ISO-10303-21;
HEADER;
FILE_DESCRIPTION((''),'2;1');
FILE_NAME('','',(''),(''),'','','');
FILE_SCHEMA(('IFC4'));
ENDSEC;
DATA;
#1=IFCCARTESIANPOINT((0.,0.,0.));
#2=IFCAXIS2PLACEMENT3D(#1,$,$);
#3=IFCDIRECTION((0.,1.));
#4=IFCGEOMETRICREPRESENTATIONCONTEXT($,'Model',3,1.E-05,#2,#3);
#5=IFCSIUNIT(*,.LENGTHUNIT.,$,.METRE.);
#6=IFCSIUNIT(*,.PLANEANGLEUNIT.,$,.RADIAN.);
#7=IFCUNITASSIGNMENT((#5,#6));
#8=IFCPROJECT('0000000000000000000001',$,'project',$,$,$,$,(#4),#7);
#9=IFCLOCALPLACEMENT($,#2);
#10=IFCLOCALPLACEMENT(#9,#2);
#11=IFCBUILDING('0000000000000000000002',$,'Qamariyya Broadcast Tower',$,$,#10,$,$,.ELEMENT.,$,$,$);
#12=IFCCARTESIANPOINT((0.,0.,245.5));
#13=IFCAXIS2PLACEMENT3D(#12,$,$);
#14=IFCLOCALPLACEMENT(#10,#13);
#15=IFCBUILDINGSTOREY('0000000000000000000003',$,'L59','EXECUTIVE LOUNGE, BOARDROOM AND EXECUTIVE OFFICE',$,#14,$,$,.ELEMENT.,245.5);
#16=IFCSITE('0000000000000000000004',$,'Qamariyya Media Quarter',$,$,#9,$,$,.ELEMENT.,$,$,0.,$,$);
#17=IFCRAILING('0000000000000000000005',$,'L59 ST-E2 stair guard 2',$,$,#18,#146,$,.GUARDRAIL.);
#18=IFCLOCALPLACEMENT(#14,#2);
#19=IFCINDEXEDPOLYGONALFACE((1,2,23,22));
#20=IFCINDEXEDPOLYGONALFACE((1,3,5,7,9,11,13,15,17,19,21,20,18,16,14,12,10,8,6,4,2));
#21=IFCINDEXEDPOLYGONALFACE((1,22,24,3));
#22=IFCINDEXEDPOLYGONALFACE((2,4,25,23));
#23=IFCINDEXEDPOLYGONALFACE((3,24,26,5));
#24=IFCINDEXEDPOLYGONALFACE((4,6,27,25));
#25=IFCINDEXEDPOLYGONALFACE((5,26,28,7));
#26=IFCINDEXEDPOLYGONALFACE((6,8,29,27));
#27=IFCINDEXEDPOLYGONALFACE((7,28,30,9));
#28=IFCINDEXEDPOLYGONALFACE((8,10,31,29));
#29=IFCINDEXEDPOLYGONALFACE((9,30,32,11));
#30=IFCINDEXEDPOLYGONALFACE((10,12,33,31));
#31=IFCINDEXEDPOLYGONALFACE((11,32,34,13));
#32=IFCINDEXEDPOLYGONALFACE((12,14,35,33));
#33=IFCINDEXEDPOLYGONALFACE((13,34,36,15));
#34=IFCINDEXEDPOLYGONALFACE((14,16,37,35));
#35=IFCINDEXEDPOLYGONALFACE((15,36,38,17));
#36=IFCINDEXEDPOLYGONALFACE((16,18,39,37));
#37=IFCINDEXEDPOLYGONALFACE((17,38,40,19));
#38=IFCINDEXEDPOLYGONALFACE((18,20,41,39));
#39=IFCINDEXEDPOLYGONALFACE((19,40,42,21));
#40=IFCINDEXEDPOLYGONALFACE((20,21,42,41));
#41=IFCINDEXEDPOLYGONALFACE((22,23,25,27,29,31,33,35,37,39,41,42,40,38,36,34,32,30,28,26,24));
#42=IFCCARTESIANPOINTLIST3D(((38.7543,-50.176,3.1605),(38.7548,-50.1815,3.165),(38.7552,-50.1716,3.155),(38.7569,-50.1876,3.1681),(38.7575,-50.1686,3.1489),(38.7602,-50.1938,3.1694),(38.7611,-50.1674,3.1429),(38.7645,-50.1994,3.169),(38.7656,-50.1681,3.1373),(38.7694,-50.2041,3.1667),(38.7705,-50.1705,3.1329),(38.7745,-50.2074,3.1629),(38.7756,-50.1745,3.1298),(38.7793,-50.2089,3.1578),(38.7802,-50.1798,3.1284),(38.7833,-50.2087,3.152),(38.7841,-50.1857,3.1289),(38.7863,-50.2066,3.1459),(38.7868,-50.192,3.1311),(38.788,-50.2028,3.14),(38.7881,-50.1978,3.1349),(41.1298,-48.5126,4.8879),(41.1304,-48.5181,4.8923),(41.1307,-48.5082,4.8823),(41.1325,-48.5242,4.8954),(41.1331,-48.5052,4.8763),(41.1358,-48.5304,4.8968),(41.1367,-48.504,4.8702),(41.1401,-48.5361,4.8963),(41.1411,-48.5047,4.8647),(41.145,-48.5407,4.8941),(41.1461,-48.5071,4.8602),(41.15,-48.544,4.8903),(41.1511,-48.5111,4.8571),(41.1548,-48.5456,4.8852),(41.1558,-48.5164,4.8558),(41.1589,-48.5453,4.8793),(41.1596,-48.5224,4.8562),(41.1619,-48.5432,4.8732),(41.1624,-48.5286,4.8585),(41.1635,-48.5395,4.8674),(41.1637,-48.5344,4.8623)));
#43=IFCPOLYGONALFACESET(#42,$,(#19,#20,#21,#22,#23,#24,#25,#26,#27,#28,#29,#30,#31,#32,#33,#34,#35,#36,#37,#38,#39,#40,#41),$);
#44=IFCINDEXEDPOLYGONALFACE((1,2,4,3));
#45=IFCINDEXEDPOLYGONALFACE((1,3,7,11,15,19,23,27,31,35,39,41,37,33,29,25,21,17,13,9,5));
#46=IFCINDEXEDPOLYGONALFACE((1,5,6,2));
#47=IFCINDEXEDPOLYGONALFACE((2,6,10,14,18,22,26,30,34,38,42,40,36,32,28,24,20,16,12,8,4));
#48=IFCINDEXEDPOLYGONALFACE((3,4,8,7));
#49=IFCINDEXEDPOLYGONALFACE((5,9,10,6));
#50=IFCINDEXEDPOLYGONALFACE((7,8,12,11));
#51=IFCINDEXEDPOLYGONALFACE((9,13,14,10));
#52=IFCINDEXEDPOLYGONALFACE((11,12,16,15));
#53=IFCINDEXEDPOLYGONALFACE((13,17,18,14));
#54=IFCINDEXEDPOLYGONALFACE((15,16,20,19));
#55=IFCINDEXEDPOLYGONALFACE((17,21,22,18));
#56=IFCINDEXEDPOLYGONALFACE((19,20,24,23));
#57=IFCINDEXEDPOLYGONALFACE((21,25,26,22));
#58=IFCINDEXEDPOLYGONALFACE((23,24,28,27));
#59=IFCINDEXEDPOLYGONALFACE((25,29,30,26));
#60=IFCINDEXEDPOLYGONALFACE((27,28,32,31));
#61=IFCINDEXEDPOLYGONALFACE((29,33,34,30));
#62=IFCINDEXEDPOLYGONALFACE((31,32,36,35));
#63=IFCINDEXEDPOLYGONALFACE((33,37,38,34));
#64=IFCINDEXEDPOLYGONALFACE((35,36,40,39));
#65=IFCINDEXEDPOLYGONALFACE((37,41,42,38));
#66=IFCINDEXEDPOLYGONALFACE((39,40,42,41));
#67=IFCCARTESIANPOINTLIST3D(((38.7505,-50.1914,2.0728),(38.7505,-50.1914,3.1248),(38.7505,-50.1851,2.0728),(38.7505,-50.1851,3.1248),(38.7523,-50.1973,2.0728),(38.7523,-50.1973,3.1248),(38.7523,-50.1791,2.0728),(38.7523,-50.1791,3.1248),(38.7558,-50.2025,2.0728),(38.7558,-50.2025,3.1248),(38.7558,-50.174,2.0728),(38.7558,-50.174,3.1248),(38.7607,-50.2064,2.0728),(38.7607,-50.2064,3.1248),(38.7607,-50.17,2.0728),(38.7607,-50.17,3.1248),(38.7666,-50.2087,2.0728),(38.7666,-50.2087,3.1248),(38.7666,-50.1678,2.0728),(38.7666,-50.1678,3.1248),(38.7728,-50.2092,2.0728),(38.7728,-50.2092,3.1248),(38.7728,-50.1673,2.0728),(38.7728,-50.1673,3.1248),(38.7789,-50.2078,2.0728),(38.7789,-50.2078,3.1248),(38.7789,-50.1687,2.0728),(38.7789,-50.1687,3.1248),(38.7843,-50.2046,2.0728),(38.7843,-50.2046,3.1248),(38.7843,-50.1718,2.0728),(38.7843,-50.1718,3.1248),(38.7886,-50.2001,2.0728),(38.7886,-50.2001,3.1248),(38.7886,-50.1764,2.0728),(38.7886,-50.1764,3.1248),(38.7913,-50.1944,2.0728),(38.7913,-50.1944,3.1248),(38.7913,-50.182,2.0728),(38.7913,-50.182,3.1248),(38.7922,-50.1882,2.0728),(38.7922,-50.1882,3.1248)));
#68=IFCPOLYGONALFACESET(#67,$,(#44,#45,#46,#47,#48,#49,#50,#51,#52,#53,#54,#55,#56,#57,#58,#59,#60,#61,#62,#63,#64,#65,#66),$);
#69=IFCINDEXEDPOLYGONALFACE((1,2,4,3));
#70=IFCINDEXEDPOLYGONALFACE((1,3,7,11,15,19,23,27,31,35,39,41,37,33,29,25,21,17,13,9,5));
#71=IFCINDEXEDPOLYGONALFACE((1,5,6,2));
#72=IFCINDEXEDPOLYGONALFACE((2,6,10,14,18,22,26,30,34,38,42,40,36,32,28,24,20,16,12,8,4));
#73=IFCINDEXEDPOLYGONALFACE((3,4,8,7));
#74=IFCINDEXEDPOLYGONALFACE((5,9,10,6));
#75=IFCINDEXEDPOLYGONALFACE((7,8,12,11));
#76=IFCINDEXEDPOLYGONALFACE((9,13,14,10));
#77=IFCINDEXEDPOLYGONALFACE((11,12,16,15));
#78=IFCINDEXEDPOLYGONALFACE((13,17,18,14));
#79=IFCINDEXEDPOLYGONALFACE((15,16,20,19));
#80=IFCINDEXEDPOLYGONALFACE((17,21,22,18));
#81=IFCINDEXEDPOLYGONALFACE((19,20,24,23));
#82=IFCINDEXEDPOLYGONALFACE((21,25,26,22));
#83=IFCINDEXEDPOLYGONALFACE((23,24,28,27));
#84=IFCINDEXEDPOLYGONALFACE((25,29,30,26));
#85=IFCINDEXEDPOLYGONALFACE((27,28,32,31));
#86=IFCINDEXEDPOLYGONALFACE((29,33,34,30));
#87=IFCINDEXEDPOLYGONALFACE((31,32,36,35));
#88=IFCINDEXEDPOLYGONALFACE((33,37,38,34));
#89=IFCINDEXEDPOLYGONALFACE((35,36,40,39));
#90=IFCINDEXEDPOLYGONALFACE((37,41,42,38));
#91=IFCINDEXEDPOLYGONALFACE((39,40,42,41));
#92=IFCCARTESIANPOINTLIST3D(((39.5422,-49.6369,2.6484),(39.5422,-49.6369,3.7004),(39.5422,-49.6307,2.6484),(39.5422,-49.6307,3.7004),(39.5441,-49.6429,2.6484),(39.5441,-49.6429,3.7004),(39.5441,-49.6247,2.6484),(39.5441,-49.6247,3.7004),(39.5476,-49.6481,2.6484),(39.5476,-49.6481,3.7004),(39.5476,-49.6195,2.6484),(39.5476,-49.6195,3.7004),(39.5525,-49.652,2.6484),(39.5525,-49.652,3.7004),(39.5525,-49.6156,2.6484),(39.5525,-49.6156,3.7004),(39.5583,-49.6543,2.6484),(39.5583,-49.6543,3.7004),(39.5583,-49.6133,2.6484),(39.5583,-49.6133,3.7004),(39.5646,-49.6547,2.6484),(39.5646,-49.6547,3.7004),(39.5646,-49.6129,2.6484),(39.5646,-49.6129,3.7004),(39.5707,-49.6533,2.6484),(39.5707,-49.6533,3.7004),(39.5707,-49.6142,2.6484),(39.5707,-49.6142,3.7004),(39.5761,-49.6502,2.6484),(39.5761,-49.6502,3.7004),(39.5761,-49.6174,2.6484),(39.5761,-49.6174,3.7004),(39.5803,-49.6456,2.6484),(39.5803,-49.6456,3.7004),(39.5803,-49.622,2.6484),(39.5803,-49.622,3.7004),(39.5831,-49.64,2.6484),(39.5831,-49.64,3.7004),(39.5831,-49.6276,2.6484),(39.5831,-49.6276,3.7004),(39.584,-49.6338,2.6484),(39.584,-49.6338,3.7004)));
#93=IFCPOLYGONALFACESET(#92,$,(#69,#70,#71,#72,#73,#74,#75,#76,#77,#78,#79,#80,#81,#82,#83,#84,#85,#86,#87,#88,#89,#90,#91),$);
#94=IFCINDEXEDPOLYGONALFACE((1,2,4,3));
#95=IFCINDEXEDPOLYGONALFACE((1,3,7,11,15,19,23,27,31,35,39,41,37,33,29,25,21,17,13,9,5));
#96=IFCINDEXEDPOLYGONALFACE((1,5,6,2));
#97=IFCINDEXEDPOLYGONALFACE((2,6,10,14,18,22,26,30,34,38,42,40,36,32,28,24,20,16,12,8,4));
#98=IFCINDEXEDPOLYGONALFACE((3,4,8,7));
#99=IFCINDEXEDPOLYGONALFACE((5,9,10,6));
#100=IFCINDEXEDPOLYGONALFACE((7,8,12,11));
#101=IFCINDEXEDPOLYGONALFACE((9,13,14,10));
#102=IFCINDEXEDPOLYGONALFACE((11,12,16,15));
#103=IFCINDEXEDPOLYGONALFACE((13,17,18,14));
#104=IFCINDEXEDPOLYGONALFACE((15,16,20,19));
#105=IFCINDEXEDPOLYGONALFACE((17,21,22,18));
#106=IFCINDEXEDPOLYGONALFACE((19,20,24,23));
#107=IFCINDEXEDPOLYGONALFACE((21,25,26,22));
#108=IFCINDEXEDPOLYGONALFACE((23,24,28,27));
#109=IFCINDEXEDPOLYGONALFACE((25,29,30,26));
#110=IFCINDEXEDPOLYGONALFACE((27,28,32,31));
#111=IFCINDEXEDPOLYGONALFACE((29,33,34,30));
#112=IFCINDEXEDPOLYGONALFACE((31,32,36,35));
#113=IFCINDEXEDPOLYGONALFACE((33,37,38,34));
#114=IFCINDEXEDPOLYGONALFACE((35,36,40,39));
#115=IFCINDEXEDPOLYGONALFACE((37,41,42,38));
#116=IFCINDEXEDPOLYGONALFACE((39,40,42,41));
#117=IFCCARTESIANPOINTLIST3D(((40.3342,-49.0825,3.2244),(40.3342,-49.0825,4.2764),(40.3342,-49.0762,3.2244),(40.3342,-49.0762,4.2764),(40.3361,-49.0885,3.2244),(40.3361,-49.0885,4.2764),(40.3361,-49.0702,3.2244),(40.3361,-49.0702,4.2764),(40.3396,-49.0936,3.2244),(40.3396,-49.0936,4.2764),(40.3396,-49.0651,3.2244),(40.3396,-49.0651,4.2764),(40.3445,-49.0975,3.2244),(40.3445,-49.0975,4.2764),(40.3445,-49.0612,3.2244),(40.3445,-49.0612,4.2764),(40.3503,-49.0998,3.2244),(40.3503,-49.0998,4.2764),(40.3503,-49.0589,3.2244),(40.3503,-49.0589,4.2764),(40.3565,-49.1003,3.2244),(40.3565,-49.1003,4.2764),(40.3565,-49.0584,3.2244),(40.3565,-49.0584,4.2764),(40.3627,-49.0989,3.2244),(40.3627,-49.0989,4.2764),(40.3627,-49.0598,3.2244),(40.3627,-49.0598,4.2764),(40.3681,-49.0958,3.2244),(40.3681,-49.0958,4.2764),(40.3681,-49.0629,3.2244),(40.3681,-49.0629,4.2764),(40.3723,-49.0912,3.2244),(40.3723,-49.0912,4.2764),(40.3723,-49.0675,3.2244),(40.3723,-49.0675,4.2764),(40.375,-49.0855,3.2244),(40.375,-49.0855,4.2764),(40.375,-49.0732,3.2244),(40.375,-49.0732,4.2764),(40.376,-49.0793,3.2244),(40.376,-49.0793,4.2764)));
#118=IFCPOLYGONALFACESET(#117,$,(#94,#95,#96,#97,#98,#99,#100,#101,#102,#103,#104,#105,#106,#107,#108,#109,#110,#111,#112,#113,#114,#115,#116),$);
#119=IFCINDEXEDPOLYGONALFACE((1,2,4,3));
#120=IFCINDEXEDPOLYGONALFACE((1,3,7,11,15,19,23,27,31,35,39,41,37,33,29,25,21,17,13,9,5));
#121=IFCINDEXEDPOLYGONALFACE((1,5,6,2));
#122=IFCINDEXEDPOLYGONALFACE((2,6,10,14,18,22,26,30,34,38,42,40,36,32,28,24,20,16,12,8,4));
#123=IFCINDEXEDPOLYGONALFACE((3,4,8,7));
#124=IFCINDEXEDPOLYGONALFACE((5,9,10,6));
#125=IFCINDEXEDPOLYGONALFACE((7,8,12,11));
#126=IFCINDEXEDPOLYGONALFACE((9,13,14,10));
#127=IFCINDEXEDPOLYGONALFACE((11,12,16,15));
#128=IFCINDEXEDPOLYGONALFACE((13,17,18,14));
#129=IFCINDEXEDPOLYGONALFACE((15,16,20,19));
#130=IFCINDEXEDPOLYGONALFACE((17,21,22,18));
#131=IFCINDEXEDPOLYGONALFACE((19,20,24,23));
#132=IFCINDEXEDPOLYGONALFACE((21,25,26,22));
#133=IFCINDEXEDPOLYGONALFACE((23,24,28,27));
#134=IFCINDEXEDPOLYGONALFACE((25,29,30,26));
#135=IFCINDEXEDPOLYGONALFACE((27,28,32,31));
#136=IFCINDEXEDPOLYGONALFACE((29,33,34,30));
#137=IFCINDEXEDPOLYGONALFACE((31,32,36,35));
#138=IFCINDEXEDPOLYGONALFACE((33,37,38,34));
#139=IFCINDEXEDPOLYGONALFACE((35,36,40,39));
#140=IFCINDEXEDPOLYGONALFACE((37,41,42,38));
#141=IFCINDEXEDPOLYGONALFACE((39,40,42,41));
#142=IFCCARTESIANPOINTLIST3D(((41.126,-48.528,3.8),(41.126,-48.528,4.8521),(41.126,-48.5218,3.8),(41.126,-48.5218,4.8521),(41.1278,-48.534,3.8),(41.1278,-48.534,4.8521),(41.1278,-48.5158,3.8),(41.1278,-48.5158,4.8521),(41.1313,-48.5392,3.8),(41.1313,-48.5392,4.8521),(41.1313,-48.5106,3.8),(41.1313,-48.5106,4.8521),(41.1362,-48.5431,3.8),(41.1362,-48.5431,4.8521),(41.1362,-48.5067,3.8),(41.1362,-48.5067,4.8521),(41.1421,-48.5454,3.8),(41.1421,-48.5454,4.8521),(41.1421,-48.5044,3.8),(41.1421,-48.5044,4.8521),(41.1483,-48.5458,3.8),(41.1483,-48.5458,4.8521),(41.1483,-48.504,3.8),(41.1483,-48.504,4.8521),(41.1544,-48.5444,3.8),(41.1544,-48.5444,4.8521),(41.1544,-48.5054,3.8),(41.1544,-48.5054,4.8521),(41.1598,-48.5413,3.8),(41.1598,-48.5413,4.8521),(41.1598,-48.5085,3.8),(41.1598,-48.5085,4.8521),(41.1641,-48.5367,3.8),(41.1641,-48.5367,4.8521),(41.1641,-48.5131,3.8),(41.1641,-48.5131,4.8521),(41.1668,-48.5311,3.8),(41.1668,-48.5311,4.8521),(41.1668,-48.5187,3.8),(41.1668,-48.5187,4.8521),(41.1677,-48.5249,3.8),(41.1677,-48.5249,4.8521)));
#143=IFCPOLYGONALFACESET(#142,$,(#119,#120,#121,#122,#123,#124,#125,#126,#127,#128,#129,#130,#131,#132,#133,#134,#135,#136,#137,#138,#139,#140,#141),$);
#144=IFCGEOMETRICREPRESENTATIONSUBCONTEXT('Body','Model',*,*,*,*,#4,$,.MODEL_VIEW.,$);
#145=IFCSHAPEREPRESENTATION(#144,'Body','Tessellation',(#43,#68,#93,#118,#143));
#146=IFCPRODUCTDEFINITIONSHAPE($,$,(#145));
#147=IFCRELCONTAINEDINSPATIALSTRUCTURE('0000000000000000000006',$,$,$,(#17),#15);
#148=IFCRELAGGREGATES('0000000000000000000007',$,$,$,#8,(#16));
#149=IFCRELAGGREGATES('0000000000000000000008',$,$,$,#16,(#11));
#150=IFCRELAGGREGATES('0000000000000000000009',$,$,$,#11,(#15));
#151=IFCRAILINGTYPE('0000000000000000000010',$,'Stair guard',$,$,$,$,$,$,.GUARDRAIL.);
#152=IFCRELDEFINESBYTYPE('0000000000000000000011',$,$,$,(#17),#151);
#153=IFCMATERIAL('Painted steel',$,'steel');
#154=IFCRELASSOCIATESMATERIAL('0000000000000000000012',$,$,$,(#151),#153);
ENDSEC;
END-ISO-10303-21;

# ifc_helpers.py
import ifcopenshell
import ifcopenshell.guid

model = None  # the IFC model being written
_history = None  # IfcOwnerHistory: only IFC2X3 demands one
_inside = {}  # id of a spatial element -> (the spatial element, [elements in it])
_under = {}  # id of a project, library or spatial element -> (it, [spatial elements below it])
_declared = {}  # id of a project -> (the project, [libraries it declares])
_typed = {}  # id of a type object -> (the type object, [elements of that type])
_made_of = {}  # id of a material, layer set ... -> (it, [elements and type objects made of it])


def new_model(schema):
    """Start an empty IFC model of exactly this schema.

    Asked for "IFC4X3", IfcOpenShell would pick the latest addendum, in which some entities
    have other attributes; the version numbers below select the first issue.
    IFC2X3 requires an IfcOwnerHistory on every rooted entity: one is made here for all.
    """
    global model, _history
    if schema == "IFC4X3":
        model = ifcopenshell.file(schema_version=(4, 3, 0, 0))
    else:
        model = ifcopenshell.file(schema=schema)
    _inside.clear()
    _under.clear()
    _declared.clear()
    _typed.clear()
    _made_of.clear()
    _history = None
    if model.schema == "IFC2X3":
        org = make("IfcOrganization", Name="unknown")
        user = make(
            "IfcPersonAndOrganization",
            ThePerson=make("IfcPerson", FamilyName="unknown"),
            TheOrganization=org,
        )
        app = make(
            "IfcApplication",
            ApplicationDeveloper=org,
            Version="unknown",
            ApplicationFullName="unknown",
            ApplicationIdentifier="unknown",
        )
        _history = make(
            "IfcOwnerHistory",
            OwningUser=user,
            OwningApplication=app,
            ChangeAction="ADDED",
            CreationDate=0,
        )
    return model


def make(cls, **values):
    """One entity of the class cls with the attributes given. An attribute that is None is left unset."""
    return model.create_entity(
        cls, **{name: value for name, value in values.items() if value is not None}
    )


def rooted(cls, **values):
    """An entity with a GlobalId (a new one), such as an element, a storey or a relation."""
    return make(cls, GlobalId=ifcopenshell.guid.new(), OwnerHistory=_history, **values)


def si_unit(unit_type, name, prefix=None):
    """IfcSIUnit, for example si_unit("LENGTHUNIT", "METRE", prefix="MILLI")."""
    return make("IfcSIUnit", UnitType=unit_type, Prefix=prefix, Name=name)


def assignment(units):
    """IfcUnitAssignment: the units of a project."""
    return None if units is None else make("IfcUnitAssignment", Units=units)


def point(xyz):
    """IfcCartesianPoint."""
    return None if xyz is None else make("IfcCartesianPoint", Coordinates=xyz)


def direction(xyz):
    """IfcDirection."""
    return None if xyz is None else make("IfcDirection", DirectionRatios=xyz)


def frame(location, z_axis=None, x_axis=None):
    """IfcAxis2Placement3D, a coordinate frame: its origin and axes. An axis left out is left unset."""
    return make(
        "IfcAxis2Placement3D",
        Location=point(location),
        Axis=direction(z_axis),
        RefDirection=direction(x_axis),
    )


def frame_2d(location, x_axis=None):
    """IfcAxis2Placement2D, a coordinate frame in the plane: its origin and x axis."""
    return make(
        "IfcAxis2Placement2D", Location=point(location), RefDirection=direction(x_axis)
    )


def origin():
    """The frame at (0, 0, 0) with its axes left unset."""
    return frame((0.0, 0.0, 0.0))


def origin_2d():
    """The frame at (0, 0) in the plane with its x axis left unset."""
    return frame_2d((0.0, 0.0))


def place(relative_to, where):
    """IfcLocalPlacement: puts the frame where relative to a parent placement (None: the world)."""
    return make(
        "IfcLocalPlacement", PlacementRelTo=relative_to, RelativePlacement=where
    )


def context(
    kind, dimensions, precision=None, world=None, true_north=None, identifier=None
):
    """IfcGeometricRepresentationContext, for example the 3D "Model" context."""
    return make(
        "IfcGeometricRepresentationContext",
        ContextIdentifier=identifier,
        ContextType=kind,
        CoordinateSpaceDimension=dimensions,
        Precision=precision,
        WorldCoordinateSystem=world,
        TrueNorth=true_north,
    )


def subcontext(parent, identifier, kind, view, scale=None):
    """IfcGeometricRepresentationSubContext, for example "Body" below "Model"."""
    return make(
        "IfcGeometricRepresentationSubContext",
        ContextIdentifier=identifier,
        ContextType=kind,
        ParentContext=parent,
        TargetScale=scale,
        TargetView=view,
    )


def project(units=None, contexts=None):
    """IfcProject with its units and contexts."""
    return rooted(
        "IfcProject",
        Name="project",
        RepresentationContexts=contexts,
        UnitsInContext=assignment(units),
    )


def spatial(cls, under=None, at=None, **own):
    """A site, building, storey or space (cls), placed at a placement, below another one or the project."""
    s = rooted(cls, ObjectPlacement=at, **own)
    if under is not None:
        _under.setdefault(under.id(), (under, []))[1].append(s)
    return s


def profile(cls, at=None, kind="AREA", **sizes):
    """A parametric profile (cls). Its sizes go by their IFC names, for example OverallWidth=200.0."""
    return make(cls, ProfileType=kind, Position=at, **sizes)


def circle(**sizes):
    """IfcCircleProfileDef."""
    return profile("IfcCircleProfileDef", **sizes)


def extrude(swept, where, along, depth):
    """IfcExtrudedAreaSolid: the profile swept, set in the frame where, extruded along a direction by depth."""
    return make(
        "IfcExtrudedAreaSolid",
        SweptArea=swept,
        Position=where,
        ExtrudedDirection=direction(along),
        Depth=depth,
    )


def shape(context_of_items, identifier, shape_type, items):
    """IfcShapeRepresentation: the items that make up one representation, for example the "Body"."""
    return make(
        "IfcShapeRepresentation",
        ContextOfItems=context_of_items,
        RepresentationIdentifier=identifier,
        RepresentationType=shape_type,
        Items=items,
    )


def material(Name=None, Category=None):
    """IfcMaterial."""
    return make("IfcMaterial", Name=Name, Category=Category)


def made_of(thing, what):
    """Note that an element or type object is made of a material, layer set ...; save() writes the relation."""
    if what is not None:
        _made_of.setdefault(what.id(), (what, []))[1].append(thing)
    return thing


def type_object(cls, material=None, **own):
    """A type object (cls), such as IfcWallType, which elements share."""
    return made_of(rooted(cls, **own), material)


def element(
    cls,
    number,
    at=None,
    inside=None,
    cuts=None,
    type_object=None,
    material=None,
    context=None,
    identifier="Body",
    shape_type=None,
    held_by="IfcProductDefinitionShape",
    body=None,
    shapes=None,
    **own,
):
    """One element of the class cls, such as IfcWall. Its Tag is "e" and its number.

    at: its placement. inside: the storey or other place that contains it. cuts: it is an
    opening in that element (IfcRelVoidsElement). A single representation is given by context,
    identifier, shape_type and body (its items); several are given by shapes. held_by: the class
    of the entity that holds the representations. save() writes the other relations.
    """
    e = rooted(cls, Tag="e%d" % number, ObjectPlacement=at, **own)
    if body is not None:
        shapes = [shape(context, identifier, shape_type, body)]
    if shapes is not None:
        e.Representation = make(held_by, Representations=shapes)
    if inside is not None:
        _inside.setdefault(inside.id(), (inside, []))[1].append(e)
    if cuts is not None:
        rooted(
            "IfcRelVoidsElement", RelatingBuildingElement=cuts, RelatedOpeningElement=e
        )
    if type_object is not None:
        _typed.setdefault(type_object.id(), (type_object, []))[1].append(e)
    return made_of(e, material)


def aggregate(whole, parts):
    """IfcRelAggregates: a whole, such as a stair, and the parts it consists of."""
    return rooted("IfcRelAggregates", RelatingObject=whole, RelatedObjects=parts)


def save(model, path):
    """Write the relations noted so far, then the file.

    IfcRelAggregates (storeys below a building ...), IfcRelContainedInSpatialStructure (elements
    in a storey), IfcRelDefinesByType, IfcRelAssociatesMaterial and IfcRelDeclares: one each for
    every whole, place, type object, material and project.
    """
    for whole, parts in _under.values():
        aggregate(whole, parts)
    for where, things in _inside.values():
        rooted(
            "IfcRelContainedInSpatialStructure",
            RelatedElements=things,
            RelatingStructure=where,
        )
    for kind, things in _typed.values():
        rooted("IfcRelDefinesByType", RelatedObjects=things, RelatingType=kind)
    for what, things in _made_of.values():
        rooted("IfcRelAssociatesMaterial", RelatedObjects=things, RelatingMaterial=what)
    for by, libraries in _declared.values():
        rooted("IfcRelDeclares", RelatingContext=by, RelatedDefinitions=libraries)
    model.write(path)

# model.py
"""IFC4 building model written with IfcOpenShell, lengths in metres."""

from ifc_helpers import new_model, si_unit, direction, frame, origin, origin_2d, place, context, subcontext, project, spatial, circle, extrude, material, type_object, element, save


model = new_model("IFC4")

# Units and contexts
model_context = context("Model", 3, precision=1e-05, world=origin(), true_north=direction((0.0, 1.0)))
body_context = subcontext(model_context, "Body", "Model", "MODEL_VIEW")
ifc_project = project(units=[si_unit("LENGTHUNIT", "METRE"), si_unit("PLANEANGLEUNIT", "RADIAN")], contexts=[model_context])

# Site, building, storey
site_placement = place(None, origin())
site = spatial("IfcSite", under=ifc_project, at=site_placement, Name="Qamariyya Media Quarter", CompositionType="ELEMENT", RefElevation=0.0)
building_placement = place(site_placement, origin())
building = spatial("IfcBuilding", under=site, at=building_placement, Name="Qamariyya Broadcast Tower", CompositionType="ELEMENT")
storey_placement = place(building_placement, frame((0.0, 0.0, 245.5)))
storey = spatial("IfcBuildingStorey", under=building, at=storey_placement, Name="L59", Description="EXECUTIVE LOUNGE, BOARDROOM AND EXECUTIVE OFFICE", CompositionType="ELEMENT", Elevation=245.5)

# Railing
ifc_material_1 = material(Name="Painted steel", Category="steel")
railing_type_1 = type_object("IfcRailingType", Name="Stair guard", PredefinedType="GUARDRAIL", material=ifc_material_1)
railing_1_placement = place(storey_placement, frame((38.7712, -50.1882, 2.0728)))
element("IfcRailing", 1, at=railing_1_placement, inside=storey, type_object=railing_type_1, Name="L59 ST-E2 stair guard 2", PredefinedType="GUARDRAIL", context=body_context, shape_type="SweptSolid", body=[
    extrude(circle(Radius=0.0239, at=origin_2d()), frame((0.0, 0.0, 1.0762), z_axis=(0.70377, 0.492784, 0.511734), x_axis=(-0.573575, 0.819153, 0.0)), (0.0, 0.0, 1.0), 3.3755),
    extrude(circle(Radius=0.021, at=origin_2d()), origin(), (0.0, 0.0, 1.0), 1.052),
    extrude(circle(Radius=0.021, at=origin_2d()), frame((0.7917, 0.5544, 0.5757)), (0.0, 0.0, 1.0), 1.052),
    extrude(circle(Radius=0.021, at=origin_2d()), frame((1.5837, 1.1089, 1.1516)), (0.0, 0.0, 1.0), 1.052),
    extrude(circle(Radius=0.021, at=origin_2d()), frame((2.3755, 1.6633, 1.7273)), (0.0, 0.0, 1.0), 1.052),
])

save(model, "model.ifc")
